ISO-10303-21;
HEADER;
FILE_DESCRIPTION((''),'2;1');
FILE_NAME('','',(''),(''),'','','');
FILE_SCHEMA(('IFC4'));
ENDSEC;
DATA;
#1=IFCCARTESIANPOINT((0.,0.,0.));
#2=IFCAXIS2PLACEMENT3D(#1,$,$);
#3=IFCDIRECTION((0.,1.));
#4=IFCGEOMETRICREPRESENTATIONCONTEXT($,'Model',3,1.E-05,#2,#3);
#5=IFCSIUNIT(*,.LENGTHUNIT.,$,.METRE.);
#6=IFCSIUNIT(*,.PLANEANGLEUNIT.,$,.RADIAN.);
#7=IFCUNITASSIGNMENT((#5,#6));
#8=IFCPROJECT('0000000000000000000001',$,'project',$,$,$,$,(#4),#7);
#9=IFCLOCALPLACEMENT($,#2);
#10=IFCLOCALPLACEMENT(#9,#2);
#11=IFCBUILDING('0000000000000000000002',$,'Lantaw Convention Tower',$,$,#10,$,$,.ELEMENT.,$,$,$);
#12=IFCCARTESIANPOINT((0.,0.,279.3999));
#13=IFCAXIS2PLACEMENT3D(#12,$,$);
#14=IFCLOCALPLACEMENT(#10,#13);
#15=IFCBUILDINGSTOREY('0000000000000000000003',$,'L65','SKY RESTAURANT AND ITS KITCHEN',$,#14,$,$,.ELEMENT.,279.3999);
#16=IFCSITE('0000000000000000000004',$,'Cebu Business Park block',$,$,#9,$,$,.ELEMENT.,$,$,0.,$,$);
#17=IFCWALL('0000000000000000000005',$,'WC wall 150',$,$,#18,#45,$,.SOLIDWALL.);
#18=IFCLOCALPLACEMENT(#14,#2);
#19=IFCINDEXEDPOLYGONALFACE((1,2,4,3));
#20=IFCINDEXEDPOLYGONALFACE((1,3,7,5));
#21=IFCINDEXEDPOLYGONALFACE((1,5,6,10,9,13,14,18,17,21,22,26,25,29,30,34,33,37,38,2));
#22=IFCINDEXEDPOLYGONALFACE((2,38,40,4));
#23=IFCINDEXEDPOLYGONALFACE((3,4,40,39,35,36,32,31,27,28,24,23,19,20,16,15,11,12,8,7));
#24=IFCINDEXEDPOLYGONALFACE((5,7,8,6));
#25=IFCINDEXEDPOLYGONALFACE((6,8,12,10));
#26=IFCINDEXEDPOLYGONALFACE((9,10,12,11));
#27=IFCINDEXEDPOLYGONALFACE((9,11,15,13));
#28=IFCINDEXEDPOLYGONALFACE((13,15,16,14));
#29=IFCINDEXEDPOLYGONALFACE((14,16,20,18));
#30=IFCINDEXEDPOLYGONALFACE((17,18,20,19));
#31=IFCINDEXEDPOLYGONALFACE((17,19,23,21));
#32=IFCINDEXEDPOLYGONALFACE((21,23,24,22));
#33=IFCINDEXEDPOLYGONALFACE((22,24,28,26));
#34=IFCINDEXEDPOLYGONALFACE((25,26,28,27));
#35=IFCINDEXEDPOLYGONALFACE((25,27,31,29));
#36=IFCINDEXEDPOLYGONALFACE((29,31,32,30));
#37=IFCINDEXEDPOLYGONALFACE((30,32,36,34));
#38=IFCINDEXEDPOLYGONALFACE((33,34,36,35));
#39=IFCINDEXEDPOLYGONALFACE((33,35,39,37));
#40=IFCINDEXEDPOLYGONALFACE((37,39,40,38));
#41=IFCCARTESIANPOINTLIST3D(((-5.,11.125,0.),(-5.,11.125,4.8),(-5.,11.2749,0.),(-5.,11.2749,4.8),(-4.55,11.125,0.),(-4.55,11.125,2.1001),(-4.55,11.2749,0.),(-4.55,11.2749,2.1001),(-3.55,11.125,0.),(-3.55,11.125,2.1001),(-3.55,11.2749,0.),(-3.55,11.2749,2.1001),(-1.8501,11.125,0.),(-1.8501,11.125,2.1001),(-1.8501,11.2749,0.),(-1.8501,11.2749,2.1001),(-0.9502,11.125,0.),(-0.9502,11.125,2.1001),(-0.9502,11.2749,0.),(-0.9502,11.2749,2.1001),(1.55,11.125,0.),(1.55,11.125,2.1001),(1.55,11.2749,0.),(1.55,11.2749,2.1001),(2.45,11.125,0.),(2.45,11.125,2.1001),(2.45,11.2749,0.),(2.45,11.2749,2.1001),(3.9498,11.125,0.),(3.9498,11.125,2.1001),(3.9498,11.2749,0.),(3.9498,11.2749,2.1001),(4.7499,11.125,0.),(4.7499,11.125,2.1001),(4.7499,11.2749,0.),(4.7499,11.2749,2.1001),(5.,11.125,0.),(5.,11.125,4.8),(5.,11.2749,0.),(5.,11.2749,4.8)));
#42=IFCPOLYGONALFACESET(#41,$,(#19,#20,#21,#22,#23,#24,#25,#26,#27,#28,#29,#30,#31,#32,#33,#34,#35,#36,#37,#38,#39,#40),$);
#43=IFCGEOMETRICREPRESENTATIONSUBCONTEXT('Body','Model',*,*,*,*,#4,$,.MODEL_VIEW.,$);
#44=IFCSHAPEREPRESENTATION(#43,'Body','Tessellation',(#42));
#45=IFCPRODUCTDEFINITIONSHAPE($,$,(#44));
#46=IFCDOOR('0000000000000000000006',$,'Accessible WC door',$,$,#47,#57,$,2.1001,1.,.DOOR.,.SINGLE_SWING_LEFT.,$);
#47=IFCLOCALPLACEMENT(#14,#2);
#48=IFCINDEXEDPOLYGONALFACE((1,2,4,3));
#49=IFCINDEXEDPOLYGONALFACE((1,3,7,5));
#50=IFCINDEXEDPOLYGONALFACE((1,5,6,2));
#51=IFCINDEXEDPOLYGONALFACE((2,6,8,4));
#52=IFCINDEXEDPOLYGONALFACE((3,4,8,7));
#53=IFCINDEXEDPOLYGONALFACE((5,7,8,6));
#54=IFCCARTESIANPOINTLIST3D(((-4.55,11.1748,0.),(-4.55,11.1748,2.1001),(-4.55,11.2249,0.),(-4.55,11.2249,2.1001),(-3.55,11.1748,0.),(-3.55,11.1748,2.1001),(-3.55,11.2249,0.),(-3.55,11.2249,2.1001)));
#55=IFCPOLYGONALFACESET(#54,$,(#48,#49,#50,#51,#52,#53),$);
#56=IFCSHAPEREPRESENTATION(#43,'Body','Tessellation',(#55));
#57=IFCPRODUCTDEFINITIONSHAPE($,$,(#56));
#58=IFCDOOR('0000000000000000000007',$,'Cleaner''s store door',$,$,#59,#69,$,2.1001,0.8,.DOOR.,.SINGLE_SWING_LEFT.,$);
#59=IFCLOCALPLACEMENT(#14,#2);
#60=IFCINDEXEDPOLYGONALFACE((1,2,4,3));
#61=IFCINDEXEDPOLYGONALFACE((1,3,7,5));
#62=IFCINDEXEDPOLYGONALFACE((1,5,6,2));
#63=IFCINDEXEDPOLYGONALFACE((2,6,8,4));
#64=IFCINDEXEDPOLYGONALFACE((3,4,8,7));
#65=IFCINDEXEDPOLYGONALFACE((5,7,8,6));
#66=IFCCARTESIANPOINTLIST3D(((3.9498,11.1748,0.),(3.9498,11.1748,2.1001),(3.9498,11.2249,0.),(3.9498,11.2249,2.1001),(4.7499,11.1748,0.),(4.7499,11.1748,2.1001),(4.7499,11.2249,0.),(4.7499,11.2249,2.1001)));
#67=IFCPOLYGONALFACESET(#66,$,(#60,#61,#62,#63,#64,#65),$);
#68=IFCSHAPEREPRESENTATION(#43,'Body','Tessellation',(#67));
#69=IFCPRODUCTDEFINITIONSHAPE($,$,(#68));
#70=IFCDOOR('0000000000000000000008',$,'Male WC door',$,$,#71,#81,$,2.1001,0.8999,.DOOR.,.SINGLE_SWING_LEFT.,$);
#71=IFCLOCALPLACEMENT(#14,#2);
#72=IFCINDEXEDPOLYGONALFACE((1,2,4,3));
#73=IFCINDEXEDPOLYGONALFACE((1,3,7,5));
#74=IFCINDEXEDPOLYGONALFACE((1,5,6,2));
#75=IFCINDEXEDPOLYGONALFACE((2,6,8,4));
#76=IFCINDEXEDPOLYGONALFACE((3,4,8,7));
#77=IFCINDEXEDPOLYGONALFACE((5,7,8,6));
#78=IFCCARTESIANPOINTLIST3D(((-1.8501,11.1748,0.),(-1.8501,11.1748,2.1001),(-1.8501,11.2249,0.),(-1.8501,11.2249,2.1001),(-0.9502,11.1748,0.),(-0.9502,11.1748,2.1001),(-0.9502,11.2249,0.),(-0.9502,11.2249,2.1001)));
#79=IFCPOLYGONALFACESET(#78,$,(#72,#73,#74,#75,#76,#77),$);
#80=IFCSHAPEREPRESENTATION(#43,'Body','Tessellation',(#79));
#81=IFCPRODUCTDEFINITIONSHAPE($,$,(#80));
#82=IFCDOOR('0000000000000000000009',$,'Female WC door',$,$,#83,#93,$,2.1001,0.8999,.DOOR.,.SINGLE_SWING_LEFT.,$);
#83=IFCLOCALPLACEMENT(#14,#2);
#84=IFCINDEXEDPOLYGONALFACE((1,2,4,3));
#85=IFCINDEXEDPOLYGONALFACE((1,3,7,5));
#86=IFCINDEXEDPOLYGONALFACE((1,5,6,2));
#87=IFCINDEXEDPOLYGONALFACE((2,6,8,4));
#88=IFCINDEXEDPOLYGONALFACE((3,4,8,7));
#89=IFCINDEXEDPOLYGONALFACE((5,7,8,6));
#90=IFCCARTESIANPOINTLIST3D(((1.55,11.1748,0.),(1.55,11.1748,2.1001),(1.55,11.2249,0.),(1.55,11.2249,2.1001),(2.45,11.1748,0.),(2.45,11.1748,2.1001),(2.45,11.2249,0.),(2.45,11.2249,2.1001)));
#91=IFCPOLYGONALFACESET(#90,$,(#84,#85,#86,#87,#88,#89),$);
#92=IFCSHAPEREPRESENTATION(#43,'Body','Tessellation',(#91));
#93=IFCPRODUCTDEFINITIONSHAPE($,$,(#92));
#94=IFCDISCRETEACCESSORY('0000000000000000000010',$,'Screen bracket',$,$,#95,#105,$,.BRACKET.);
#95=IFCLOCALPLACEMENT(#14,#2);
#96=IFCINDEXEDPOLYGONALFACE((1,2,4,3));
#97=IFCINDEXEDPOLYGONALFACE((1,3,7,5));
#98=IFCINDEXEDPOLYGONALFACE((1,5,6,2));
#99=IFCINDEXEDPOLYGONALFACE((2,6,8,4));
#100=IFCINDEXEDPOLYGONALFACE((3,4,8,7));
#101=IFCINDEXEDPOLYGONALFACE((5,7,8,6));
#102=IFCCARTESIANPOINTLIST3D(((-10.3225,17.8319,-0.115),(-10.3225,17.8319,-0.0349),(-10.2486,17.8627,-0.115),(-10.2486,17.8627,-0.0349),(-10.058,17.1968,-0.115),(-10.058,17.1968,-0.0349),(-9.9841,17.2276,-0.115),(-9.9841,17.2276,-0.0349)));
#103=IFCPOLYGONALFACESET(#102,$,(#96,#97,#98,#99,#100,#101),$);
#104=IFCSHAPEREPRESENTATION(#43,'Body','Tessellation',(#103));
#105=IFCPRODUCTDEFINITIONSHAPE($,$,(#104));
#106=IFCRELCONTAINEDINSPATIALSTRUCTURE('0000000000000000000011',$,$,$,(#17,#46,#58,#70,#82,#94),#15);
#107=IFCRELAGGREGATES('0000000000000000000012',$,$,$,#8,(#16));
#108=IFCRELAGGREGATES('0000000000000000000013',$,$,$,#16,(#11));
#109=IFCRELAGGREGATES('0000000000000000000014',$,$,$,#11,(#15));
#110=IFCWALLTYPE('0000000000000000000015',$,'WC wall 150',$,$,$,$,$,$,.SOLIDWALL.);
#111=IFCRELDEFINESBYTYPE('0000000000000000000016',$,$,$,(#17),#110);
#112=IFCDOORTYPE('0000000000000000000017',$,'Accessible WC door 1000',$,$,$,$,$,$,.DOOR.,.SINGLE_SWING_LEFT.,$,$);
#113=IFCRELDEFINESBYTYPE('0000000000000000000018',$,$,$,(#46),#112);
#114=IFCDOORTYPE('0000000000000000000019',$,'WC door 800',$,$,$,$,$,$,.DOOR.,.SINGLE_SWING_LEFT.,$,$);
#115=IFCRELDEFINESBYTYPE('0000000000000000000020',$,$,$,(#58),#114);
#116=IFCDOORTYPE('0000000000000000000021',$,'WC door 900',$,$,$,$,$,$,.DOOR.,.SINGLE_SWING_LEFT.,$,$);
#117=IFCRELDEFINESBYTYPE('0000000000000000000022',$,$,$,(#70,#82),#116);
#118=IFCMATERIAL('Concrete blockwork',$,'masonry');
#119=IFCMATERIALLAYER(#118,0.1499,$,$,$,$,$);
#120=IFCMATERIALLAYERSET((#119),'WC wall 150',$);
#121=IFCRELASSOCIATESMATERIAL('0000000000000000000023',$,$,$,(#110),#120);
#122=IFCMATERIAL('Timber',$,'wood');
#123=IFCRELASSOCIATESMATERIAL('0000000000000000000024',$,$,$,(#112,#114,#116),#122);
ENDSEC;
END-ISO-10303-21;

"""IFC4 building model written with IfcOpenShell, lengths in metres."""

from ifc_helpers import new_model, si_unit, direction, frame, frame_2d, origin, origin_2d, place, context, subcontext, project, spatial, rectangle, extrude, material, layer, layer_set, type_object, element, fill, save


model = new_model("IFC4")

# Units and contexts
model_context = context("Model", 3, precision=1e-05, world=origin(), true_north=direction((0.0, 1.0)))
body_context = subcontext(model_context, "Body", "Model", "MODEL_VIEW")
ifc_project = project(units=[si_unit("LENGTHUNIT", "METRE"), si_unit("PLANEANGLEUNIT", "RADIAN")], contexts=[model_context])

# Site, building, storey
site_placement = place(None, origin())
site = spatial("IfcSite", under=ifc_project, at=site_placement, Name="Cebu Business Park block", CompositionType="ELEMENT", RefElevation=0.0)
building_placement = place(site_placement, origin())
building = spatial("IfcBuilding", under=site, at=building_placement, Name="Lantaw Convention Tower", CompositionType="ELEMENT")
storey_placement = place(building_placement, frame((0.0, 0.0, 279.3999)))
storey = spatial("IfcBuildingStorey", under=building, at=storey_placement, Name="L65", Description="SKY RESTAURANT AND ITS KITCHEN", CompositionType="ELEMENT", Elevation=279.3999)

# Wall, openings, doors
ifc_material_1 = material(Name="Concrete blockwork", Category="masonry")
ifc_layer_1 = layer(ifc_material_1, 0.1499)
ifc_layer_set_1 = layer_set([ifc_layer_1], Name="WC wall 150")
wall_type = type_object("IfcWallType", Name="WC wall 150", PredefinedType="SOLIDWALL", material=ifc_layer_set_1)
wall_placement = place(storey_placement, frame((-5.0, 11.2, 0.0), z_axis=(0.0, 0.0, 1.0), x_axis=(1.0, 0.0, 0.0)))
wall = element("IfcWall", 1, at=wall_placement, inside=storey, type_object=wall_type, Name="WC wall 150", PredefinedType="SOLIDWALL", context=body_context, shape_type="SweptSolid", body=[
    extrude(rectangle(XDim=10.0, YDim=0.1499, at=frame_2d((5.0, 0.0))), origin(), (0.0, 0.0, 1.0), 4.8),
])
opening_1_placement = place(wall_placement, frame((0.45, 0.0, 0.0)))
opening_1 = element("IfcOpeningElement", 2, at=opening_1_placement, cuts=wall, PredefinedType="OPENING", context=body_context, shape_type="SweptSolid", body=[
    extrude(rectangle(XDim=1.0, YDim=2.1001, at=frame_2d((0.5, 1.05))), frame((0.0, 0.085, 0.0), z_axis=(0.0, -1.0, 0.0), x_axis=(1.0, 0.0, 0.0)), (0.0, 0.0, 1.0), 0.1699),
])
opening_2_placement = place(wall_placement, frame((3.1499, 0.0, 0.0)))
opening_2 = element("IfcOpeningElement", 3, at=opening_2_placement, cuts=wall, PredefinedType="OPENING", context=body_context, shape_type="SweptSolid", body=[
    extrude(rectangle(XDim=0.8999, YDim=2.1001, at=frame_2d((0.45, 1.05))), frame((0.0, 0.085, 0.0), z_axis=(0.0, -1.0, 0.0), x_axis=(1.0, 0.0, 0.0)), (0.0, 0.0, 1.0), 0.1699),
])
opening_3_placement = place(wall_placement, frame((6.55, 0.0, 0.0)))
opening_3 = element("IfcOpeningElement", 4, at=opening_3_placement, cuts=wall, PredefinedType="OPENING", context=body_context, shape_type="SweptSolid", body=[
    extrude(rectangle(XDim=0.8999, YDim=2.1001, at=frame_2d((0.45, 1.05))), frame((0.0, 0.085, 0.0), z_axis=(0.0, -1.0, 0.0), x_axis=(1.0, 0.0, 0.0)), (0.0, 0.0, 1.0), 0.1699),
])
opening_4_placement = place(wall_placement, frame((8.95, 0.0, 0.0)))
opening_4 = element("IfcOpeningElement", 5, at=opening_4_placement, cuts=wall, PredefinedType="OPENING", context=body_context, shape_type="SweptSolid", body=[
    extrude(rectangle(XDim=0.8, YDim=2.1001, at=frame_2d((0.3999, 1.05))), frame((0.0, 0.085, 0.0), z_axis=(0.0, -1.0, 0.0), x_axis=(1.0, 0.0, 0.0)), (0.0, 0.0, 1.0), 0.1699),
])
ifc_material_2 = material(Name="Timber", Category="wood")
door_type_1 = type_object("IfcDoorType", Name="Accessible WC door 1000", OperationType="SINGLE_SWING_LEFT", PredefinedType="DOOR", material=ifc_material_2)
door_1_placement = place(opening_1_placement, origin())
door_1 = element("IfcDoor", 6, at=door_1_placement, inside=storey, type_object=door_type_1, Name="Accessible WC door", OperationType="SINGLE_SWING_LEFT", OverallHeight=2.1001, OverallWidth=1.0, PredefinedType="DOOR", context=body_context, shape_type="SweptSolid", body=[
    extrude(rectangle(XDim=1.0, YDim=2.1001, at=frame_2d((0.5, 1.05))), frame((0.0, 0.0249, 0.0), z_axis=(0.0, -1.0, 0.0), x_axis=(1.0, 0.0, 0.0)), (0.0, 0.0, 1.0), 0.05),
])
fill(opening_1, door_1)
door_type_2 = type_object("IfcDoorType", Name="WC door 800", OperationType="SINGLE_SWING_LEFT", PredefinedType="DOOR", material=ifc_material_2)
door_2_placement = place(opening_4_placement, origin())
door_2 = element("IfcDoor", 7, at=door_2_placement, inside=storey, type_object=door_type_2, Name="Cleaner's store door", OperationType="SINGLE_SWING_LEFT", OverallHeight=2.1001, OverallWidth=0.8, PredefinedType="DOOR", context=body_context, shape_type="SweptSolid", body=[
    extrude(rectangle(XDim=0.8, YDim=2.1001, at=frame_2d((0.3999, 1.05))), frame((0.0, 0.0249, 0.0), z_axis=(0.0, -1.0, 0.0), x_axis=(1.0, 0.0, 0.0)), (0.0, 0.0, 1.0), 0.05),
])
fill(opening_4, door_2)
door_type_3 = type_object("IfcDoorType", Name="WC door 900", OperationType="SINGLE_SWING_LEFT", PredefinedType="DOOR", material=ifc_material_2)
door_3_placement = place(opening_2_placement, origin())
door_3 = element("IfcDoor", 8, at=door_3_placement, inside=storey, type_object=door_type_3, Name="Male WC door", OperationType="SINGLE_SWING_LEFT", OverallHeight=2.1001, OverallWidth=0.8999, PredefinedType="DOOR", context=body_context, shape_type="SweptSolid", body=[
    extrude(rectangle(XDim=0.8999, YDim=2.1001, at=frame_2d((0.45, 1.05))), frame((0.0, 0.0249, 0.0), z_axis=(0.0, -1.0, 0.0), x_axis=(1.0, 0.0, 0.0)), (0.0, 0.0, 1.0), 0.05),
])
fill(opening_2, door_3)
door_4_placement = place(opening_3_placement, origin())
door_4 = element("IfcDoor", 9, at=door_4_placement, inside=storey, type_object=door_type_3, Name="Female WC door", OperationType="SINGLE_SWING_LEFT", OverallHeight=2.1001, OverallWidth=0.8999, PredefinedType="DOOR", context=body_context, shape_type="SweptSolid", body=[
    extrude(rectangle(XDim=0.8999, YDim=2.1001, at=frame_2d((0.45, 1.05))), frame((0.0, 0.0249, 0.0), z_axis=(0.0, -1.0, 0.0), x_axis=(1.0, 0.0, 0.0)), (0.0, 0.0, 1.0), 0.05),
])
fill(opening_3, door_4)

# Discrete accessory
discrete_accessory_placement = place(storey_placement, frame((-10.1533, 17.5298, -0.115), z_axis=(0.0, 0.0, 1.0), x_axis=(-0.923142, -0.38446, 0.0)))
element("IfcDiscreteAccessory", 10, at=discrete_accessory_placement, inside=storey, Name="Screen bracket", PredefinedType="BRACKET", context=body_context, shape_type="SweptSolid", body=[
    extrude(rectangle(XDim=0.0801, YDim=0.688, at=origin_2d()), origin(), (0.0, 0.0, 1.0), 0.0801),
])

save(model, "model.ifc")
